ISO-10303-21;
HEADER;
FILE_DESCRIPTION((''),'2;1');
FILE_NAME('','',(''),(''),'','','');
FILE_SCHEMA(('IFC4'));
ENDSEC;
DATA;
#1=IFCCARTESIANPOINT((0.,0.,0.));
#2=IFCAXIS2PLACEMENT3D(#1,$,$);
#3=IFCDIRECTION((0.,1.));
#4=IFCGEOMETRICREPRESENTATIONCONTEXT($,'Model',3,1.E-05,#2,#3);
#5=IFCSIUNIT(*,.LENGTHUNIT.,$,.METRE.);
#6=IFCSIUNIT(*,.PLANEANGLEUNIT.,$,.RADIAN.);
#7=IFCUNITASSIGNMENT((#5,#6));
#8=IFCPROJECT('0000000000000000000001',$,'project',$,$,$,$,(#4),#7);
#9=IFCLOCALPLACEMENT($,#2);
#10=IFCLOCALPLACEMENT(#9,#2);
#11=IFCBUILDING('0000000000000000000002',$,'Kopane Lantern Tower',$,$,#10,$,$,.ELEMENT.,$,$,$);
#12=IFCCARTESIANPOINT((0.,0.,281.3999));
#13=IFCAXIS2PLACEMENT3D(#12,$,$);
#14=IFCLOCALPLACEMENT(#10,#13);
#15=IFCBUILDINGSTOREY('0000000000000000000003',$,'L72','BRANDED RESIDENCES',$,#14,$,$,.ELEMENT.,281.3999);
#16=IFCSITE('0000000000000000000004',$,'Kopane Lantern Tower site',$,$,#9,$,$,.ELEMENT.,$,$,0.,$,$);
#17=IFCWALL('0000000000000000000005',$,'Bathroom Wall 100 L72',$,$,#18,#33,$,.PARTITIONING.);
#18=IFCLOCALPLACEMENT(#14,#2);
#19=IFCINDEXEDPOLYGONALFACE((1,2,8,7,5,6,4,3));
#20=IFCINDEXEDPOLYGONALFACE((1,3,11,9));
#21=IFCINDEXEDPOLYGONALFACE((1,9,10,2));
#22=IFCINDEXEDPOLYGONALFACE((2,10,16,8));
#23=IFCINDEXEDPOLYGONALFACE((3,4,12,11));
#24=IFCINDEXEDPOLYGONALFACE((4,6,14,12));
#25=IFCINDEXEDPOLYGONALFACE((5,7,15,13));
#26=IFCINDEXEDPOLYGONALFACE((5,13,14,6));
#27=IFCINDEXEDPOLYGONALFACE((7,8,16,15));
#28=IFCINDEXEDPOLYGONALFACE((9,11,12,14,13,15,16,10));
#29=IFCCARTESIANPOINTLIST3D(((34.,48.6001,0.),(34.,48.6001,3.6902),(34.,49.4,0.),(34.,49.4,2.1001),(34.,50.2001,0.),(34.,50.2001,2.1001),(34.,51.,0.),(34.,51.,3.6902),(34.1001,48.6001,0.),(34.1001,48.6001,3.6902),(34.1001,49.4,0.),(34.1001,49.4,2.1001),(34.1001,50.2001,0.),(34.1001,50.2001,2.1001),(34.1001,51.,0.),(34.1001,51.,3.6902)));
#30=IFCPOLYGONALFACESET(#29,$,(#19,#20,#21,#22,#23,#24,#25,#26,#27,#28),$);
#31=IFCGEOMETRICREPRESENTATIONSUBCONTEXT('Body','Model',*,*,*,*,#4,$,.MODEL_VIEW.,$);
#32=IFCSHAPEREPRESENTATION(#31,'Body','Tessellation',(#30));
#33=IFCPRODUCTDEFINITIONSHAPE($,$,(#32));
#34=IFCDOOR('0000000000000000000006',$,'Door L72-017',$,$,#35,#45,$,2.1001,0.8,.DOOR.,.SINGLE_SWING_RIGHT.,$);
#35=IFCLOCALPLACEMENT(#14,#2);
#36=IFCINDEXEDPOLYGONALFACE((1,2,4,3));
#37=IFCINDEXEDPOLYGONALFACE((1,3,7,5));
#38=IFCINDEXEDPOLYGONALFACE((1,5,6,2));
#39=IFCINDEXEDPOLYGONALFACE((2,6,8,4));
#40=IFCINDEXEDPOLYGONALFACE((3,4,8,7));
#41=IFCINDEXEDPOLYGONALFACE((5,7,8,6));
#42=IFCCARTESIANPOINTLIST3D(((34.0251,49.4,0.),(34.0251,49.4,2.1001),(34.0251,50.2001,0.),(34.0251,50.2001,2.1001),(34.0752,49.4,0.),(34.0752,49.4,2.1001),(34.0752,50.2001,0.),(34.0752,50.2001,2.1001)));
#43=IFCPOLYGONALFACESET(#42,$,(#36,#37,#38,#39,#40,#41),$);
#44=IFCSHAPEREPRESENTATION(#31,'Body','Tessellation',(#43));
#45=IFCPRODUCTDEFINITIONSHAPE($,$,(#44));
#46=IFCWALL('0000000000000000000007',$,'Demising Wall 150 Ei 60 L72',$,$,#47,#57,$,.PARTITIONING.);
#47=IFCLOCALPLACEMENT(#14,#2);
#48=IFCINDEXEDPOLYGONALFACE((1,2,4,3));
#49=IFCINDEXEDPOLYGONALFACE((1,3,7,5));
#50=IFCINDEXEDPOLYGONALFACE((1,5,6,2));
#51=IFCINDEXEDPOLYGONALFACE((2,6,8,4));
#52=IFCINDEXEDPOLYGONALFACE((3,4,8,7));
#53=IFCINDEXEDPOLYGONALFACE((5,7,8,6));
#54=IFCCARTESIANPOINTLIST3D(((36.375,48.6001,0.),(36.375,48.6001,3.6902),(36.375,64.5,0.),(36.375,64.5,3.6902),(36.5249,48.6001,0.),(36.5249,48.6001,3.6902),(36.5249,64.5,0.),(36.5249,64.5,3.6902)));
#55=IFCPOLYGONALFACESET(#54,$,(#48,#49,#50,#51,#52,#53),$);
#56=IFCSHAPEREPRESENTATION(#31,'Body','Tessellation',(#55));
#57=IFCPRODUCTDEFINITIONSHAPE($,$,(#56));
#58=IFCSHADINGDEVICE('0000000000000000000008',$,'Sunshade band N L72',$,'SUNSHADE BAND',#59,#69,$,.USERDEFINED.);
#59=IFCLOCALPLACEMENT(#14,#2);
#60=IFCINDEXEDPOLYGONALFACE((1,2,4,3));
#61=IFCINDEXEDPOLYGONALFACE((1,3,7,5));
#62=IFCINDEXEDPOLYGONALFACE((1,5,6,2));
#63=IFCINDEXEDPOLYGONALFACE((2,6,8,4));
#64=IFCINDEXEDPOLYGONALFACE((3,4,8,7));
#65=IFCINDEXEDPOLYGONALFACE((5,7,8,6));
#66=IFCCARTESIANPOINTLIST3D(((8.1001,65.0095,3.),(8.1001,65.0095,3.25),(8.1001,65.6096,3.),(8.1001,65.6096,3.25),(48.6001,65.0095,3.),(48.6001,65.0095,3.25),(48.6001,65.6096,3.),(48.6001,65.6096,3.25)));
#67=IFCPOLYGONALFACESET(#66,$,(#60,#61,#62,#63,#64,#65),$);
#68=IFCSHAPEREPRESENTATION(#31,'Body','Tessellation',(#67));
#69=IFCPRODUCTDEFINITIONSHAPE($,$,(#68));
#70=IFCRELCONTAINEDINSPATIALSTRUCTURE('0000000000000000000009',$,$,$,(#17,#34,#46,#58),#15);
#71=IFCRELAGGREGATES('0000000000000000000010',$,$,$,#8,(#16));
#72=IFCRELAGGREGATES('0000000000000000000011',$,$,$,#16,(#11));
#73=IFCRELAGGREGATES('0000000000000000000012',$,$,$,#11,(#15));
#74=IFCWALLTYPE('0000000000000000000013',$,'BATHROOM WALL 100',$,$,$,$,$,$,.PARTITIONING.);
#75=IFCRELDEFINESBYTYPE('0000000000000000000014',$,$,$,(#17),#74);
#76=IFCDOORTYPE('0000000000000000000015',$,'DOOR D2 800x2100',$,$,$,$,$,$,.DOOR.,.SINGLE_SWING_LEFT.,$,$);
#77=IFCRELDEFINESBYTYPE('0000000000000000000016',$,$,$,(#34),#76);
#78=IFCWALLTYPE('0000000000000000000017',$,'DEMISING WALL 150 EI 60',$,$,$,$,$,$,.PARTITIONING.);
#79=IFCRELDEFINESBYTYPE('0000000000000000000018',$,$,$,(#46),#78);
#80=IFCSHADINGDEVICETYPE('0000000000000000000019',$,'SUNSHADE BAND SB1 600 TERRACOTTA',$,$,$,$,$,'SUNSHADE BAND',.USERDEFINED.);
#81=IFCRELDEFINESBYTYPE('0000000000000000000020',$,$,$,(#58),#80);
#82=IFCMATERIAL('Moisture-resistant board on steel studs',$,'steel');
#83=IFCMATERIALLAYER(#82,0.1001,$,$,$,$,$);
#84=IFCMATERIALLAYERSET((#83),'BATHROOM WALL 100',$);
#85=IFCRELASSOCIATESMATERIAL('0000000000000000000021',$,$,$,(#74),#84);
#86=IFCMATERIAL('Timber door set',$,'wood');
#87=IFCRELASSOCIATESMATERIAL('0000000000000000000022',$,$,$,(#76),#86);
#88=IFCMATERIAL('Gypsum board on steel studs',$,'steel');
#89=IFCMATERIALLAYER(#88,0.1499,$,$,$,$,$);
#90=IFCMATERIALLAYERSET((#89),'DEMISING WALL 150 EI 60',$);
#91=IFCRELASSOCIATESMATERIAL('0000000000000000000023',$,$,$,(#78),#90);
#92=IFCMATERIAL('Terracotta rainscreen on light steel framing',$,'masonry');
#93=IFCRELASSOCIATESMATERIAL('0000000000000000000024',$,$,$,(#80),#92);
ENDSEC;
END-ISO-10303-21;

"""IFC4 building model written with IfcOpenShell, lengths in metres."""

from ifc_helpers import new_model, si_unit, direction, frame, frame_2d, origin, origin_2d, place, context, subcontext, project, spatial, rectangle, extrude, material, layer, layer_set, type_object, element, fill, save


model = new_model("IFC4")

# Units and contexts
model_context = context("Model", 3, precision=1e-05, world=origin(), true_north=direction((0.0, 1.0)))
body_context = subcontext(model_context, "Body", "Model", "MODEL_VIEW")
ifc_project = project(units=[si_unit("LENGTHUNIT", "METRE"), si_unit("PLANEANGLEUNIT", "RADIAN")], contexts=[model_context])

# Site, building, storey
site_placement = place(None, origin())
site = spatial("IfcSite", under=ifc_project, at=site_placement, Name="Kopane Lantern Tower site", CompositionType="ELEMENT", RefElevation=0.0)
building_placement = place(site_placement, origin())
building = spatial("IfcBuilding", under=site, at=building_placement, Name="Kopane Lantern Tower", CompositionType="ELEMENT")
storey_placement = place(building_placement, frame((0.0, 0.0, 281.3999)))
storey = spatial("IfcBuildingStorey", under=building, at=storey_placement, Name="L72", Description="BRANDED RESIDENCES", CompositionType="ELEMENT", Elevation=281.3999)

# Wall, opening, door
ifc_material_1 = material(Name="Moisture-resistant board on steel studs", Category="steel")
ifc_layer_1 = layer(ifc_material_1, 0.1001)
ifc_layer_set_1 = layer_set([ifc_layer_1], Name="BATHROOM WALL 100")
wall_type_1 = type_object("IfcWallType", Name="BATHROOM WALL 100", PredefinedType="PARTITIONING", material=ifc_layer_set_1)
wall_1_placement = place(storey_placement, frame((34.05, 48.6001, 0.0), z_axis=(0.0, 0.0, 1.0), x_axis=(0.0, 1.0, 0.0)))
wall_1 = element("IfcWall", 1, at=wall_1_placement, inside=storey, type_object=wall_type_1, Name="Bathroom Wall 100 L72", PredefinedType="PARTITIONING", context=body_context, shape_type="SweptSolid", body=[
    extrude(rectangle(XDim=2.3999, YDim=0.1001, at=frame_2d((1.2, 0.0))), origin(), (0.0, 0.0, 1.0), 3.6902),
])
opening_1_placement = place(wall_1_placement, frame((0.8, 0.0, 0.0)))
opening_1 = element("IfcOpeningElement", 2, at=opening_1_placement, cuts=wall_1, PredefinedType="OPENING", context=body_context, shape_type="SweptSolid", body=[
    extrude(rectangle(XDim=0.8, YDim=2.1001, at=frame_2d((0.3999, 1.05))), frame((0.0, 0.0601, 0.0), z_axis=(0.0, -1.0, 0.0), x_axis=(1.0, 0.0, 0.0)), (0.0, 0.0, 1.0), 0.1201),
])
ifc_material_2 = material(Name="Timber door set", Category="wood")
door_type_1 = type_object("IfcDoorType", Name="DOOR D2 800x2100", OperationType="SINGLE_SWING_LEFT", PredefinedType="DOOR", material=ifc_material_2)
door_1_placement = place(opening_1_placement, origin())
door_1 = element("IfcDoor", 3, at=door_1_placement, inside=storey, type_object=door_type_1, Name="Door L72-017", OperationType="SINGLE_SWING_RIGHT", OverallHeight=2.1001, OverallWidth=0.8, PredefinedType="DOOR", context=body_context, shape_type="SweptSolid", body=[
    extrude(rectangle(XDim=0.8, YDim=2.1001, at=frame_2d((0.3999, 1.05))), frame((0.0, 0.0249, 0.0), z_axis=(0.0, -1.0, 0.0), x_axis=(1.0, 0.0, 0.0)), (0.0, 0.0, 1.0), 0.05),
])
fill(opening_1, door_1)

# Wall
ifc_material_3 = material(Name="Gypsum board on steel studs", Category="steel")
ifc_layer_2 = layer(ifc_material_3, 0.1499)
ifc_layer_set_2 = layer_set([ifc_layer_2], Name="DEMISING WALL 150 EI 60")
wall_type_2 = type_object("IfcWallType", Name="DEMISING WALL 150 EI 60", PredefinedType="PARTITIONING", material=ifc_layer_set_2)
wall_2_placement = place(storey_placement, frame((36.45, 64.5, 0.0), z_axis=(0.0, 0.0, 1.0), x_axis=(0.0, -1.0, 0.0)))
element("IfcWall", 4, at=wall_2_placement, inside=storey, type_object=wall_type_2, Name="Demising Wall 150 Ei 60 L72", PredefinedType="PARTITIONING", context=body_context, shape_type="SweptSolid", body=[
    extrude(rectangle(XDim=15.8999, YDim=0.1499, at=frame_2d((7.95, 0.0))), origin(), (0.0, 0.0, 1.0), 3.6902),
])

# Shading device
ifc_material_4 = material(Name="Terracotta rainscreen on light steel framing", Category="masonry")
shading_device_type = type_object("IfcShadingDeviceType", Name="SUNSHADE BAND SB1 600 TERRACOTTA", ElementType="SUNSHADE BAND", PredefinedType="USERDEFINED", material=ifc_material_4)
shading_device_placement = place(storey_placement, frame((28.3501, 65.3096, 3.0), z_axis=(0.0, 0.0, 1.0), x_axis=(-1.0, 0.0, 0.0)))
element("IfcShadingDevice", 5, at=shading_device_placement, inside=storey, type_object=shading_device_type, Name="Sunshade band N L72", ObjectType="SUNSHADE BAND", PredefinedType="USERDEFINED", context=body_context, shape_type="SweptSolid", body=[
    extrude(rectangle(XDim=40.5, YDim=0.6001, at=origin_2d()), origin(), (0.0, 0.0, 1.0), 0.25),
])

save(model, "model.ifc")
